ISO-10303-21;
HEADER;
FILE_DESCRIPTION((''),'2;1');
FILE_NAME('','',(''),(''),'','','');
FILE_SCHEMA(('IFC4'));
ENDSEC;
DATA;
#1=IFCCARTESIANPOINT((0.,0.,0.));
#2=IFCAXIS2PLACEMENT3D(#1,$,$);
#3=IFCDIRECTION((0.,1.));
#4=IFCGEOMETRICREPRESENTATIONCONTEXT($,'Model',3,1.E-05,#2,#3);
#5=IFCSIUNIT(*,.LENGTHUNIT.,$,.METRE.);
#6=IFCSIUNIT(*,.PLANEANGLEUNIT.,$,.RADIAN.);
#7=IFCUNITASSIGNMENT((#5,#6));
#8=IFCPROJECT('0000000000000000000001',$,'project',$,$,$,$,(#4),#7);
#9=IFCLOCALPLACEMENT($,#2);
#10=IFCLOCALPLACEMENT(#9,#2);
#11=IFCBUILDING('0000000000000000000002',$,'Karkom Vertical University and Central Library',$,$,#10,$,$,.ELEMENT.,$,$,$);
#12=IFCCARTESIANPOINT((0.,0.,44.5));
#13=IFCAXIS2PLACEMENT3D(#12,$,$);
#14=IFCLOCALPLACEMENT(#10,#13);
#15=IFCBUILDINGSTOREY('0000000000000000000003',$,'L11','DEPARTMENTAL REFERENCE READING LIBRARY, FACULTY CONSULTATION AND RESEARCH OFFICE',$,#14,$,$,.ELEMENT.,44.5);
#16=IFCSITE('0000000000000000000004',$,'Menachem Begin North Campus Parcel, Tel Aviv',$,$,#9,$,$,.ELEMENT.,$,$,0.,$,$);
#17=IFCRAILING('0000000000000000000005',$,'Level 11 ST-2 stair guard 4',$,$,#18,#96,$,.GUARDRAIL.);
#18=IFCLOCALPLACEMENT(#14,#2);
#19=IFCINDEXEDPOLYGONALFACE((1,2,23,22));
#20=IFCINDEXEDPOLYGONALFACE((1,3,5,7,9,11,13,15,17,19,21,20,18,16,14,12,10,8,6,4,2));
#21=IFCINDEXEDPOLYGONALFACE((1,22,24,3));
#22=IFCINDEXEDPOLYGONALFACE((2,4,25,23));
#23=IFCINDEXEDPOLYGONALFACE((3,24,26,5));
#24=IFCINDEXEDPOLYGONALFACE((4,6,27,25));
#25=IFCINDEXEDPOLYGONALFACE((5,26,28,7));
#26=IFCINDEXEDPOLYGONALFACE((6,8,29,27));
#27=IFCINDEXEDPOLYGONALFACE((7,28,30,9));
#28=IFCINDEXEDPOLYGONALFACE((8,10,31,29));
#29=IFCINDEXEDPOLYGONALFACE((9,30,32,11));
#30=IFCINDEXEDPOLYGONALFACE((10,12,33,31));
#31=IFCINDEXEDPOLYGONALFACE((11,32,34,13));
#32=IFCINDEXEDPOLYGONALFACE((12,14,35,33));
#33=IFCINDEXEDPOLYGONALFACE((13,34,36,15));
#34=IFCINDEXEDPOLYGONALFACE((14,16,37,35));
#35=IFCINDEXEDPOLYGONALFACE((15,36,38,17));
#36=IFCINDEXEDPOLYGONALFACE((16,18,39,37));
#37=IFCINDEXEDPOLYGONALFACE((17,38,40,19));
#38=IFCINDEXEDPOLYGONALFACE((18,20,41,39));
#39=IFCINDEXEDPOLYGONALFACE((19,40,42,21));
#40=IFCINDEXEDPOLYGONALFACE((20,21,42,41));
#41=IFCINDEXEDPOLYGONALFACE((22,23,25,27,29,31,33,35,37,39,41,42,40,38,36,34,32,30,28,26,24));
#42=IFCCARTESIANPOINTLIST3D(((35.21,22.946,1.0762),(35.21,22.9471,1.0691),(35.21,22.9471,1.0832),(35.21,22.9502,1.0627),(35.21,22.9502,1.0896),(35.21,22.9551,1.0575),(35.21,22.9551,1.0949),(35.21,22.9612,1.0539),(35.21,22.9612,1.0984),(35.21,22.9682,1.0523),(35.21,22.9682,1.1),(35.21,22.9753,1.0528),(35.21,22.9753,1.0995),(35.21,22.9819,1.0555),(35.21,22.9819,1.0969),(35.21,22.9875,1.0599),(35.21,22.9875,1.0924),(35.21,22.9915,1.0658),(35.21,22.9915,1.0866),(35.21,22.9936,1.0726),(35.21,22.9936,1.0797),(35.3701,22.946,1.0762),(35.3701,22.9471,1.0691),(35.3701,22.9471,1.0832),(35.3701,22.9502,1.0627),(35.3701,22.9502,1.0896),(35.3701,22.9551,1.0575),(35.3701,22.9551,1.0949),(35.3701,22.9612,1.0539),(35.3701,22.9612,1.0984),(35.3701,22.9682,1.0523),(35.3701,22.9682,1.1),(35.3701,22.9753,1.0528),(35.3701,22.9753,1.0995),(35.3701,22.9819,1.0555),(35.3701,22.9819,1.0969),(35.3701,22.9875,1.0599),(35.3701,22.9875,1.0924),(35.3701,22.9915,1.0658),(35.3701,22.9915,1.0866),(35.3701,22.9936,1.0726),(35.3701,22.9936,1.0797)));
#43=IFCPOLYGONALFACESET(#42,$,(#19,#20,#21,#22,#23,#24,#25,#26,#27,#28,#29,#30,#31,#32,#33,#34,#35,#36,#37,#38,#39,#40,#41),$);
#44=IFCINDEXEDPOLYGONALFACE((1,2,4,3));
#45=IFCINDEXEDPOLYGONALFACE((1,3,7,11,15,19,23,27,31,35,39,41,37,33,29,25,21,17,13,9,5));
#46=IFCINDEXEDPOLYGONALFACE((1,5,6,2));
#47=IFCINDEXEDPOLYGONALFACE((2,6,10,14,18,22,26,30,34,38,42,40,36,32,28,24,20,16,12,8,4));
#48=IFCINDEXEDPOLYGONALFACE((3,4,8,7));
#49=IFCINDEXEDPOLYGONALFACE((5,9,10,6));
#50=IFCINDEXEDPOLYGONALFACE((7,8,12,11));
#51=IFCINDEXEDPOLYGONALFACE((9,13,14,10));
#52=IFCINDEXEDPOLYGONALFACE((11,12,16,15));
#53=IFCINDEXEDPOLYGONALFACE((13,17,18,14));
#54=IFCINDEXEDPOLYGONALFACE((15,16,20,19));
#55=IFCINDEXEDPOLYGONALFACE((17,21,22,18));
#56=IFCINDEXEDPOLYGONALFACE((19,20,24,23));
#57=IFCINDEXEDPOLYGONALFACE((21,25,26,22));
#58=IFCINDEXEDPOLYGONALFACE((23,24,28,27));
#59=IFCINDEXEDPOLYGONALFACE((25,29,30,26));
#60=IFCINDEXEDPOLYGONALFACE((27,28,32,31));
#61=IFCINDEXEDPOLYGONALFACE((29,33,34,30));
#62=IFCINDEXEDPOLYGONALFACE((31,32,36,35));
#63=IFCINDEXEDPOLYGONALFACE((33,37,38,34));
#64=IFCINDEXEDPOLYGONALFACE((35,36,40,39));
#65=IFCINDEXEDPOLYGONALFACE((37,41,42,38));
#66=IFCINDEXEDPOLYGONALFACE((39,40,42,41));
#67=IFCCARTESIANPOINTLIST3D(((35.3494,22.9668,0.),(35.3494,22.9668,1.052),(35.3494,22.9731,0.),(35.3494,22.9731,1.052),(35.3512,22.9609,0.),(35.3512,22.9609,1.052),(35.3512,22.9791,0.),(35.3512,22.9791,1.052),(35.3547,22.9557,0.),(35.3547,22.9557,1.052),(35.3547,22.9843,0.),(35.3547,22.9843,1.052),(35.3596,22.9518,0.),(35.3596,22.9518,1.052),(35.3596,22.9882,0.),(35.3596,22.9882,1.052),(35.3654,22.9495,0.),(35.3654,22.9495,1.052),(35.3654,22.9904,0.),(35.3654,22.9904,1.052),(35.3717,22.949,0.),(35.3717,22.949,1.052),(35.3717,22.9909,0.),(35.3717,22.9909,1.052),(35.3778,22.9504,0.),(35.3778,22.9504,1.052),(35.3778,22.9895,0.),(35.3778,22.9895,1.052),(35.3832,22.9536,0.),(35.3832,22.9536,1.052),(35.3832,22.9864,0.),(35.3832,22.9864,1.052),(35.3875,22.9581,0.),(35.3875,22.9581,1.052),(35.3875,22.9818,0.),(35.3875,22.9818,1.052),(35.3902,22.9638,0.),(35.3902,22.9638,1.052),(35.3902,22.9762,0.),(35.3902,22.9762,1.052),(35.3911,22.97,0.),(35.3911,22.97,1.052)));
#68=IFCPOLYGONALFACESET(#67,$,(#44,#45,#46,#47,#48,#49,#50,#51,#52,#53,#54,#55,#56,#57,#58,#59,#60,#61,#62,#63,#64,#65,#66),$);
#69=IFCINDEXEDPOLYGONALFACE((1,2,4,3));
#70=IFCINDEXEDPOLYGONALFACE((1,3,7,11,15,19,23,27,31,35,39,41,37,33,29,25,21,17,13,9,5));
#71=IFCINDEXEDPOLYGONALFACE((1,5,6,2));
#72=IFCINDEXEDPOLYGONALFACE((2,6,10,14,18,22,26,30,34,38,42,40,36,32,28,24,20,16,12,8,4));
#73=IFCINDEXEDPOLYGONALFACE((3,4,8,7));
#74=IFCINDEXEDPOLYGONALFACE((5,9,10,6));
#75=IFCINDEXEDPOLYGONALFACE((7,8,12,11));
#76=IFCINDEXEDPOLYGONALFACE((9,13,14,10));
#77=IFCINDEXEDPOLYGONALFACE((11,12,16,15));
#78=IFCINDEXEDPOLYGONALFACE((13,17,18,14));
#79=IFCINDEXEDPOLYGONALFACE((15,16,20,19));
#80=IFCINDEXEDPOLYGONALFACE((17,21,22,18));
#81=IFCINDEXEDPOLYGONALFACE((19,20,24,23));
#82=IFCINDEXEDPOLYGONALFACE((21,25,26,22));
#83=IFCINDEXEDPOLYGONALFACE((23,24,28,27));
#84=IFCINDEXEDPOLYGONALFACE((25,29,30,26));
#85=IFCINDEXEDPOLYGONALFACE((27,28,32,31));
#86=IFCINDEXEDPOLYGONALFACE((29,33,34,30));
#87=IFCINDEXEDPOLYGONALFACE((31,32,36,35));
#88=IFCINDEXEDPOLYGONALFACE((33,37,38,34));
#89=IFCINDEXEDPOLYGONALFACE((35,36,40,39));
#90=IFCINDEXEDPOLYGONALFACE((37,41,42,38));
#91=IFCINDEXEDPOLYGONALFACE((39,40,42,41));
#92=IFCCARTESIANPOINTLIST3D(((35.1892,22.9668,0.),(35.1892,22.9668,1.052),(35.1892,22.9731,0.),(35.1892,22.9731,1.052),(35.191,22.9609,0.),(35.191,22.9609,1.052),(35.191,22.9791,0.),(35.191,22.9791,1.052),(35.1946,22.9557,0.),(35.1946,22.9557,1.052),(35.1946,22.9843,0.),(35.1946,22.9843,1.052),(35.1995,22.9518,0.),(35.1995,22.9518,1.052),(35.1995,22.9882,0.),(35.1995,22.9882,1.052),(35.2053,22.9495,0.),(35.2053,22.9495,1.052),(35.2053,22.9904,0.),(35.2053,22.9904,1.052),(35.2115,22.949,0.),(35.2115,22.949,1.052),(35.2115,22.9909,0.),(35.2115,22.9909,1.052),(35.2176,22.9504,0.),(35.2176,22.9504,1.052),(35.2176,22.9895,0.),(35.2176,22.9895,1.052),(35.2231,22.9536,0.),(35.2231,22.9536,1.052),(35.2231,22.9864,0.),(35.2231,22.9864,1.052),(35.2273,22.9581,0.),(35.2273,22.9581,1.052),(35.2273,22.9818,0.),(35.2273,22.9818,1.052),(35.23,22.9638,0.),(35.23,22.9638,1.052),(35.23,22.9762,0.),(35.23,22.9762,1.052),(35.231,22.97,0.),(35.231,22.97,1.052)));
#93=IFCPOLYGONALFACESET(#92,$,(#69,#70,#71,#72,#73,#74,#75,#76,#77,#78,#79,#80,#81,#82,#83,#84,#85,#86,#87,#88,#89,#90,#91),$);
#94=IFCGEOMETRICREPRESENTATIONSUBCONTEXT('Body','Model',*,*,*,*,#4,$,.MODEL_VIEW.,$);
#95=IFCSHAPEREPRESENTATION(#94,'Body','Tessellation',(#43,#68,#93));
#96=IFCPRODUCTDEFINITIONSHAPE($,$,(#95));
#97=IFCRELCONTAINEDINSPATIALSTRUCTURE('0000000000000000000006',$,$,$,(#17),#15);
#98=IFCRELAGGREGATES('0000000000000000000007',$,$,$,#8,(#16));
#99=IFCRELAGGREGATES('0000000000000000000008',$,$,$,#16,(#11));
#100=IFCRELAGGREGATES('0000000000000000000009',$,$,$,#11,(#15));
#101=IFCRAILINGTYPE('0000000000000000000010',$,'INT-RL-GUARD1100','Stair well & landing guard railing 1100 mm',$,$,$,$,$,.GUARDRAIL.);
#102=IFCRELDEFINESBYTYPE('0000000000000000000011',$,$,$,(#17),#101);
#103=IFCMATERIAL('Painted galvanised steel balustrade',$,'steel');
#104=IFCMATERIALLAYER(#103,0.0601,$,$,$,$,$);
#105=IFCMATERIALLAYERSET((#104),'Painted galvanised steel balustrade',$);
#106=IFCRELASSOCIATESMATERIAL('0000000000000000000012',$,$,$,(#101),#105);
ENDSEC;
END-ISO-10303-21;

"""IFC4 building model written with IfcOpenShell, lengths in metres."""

from ifc_helpers import new_model, si_unit, direction, frame, origin, origin_2d, place, context, subcontext, project, spatial, circle, extrude, material, layer, layer_set, type_object, element, save


model = new_model("IFC4")

# Units and contexts
model_context = context("Model", 3, precision=1e-05, world=origin(), true_north=direction((0.0, 1.0)))
body_context = subcontext(model_context, "Body", "Model", "MODEL_VIEW")
ifc_project = project(units=[si_unit("LENGTHUNIT", "METRE"), si_unit("PLANEANGLEUNIT", "RADIAN")], contexts=[model_context])

# Site, building, storey
site_placement = place(None, origin())
site = spatial("IfcSite", under=ifc_project, at=site_placement, Name="Menachem Begin North Campus Parcel, Tel Aviv", CompositionType="ELEMENT", RefElevation=0.0)
building_placement = place(site_placement, origin())
building = spatial("IfcBuilding", under=site, at=building_placement, Name="Karkom Vertical University and Central Library", CompositionType="ELEMENT")
storey_placement = place(building_placement, frame((0.0, 0.0, 44.5)))
storey = spatial("IfcBuildingStorey", under=building, at=storey_placement, Name="L11", Description="DEPARTMENTAL REFERENCE READING LIBRARY, FACULTY CONSULTATION AND RESEARCH OFFICE", CompositionType="ELEMENT", Elevation=44.5)

# Railing
ifc_material_1 = material(Name="Painted galvanised steel balustrade", Category="steel")
ifc_layer_1 = layer(ifc_material_1, 0.0601)
ifc_layer_set_1 = layer_set([ifc_layer_1], Name="Painted galvanised steel balustrade")
railing_type_1 = type_object("IfcRailingType", Name="INT-RL-GUARD1100", Description="Stair well & landing guard railing 1100 mm", PredefinedType="GUARDRAIL", material=ifc_layer_set_1)
railing_1_placement = place(storey_placement, frame((35.3701, 22.97, 0.0)))
element("IfcRailing", 1, at=railing_1_placement, inside=storey, type_object=railing_type_1, Name="Level 11 ST-2 stair guard 4", PredefinedType="GUARDRAIL", context=body_context, shape_type="SweptSolid", body=[
    extrude(circle(Radius=0.0239, at=origin_2d()), frame((0.0, 0.0, 1.0762), z_axis=(-1.0, 0.0, 0.0), x_axis=(0.0, -1.0, 0.0)), (0.0, 0.0, 1.0), 0.1602),
    extrude(circle(Radius=0.021, at=origin_2d()), origin(), (0.0, 0.0, 1.0), 1.052),
    extrude(circle(Radius=0.021, at=origin_2d()), frame((-0.1602, 0.0, 0.0)), (0.0, 0.0, 1.0), 1.052),
])

save(model, "model.ifc")
